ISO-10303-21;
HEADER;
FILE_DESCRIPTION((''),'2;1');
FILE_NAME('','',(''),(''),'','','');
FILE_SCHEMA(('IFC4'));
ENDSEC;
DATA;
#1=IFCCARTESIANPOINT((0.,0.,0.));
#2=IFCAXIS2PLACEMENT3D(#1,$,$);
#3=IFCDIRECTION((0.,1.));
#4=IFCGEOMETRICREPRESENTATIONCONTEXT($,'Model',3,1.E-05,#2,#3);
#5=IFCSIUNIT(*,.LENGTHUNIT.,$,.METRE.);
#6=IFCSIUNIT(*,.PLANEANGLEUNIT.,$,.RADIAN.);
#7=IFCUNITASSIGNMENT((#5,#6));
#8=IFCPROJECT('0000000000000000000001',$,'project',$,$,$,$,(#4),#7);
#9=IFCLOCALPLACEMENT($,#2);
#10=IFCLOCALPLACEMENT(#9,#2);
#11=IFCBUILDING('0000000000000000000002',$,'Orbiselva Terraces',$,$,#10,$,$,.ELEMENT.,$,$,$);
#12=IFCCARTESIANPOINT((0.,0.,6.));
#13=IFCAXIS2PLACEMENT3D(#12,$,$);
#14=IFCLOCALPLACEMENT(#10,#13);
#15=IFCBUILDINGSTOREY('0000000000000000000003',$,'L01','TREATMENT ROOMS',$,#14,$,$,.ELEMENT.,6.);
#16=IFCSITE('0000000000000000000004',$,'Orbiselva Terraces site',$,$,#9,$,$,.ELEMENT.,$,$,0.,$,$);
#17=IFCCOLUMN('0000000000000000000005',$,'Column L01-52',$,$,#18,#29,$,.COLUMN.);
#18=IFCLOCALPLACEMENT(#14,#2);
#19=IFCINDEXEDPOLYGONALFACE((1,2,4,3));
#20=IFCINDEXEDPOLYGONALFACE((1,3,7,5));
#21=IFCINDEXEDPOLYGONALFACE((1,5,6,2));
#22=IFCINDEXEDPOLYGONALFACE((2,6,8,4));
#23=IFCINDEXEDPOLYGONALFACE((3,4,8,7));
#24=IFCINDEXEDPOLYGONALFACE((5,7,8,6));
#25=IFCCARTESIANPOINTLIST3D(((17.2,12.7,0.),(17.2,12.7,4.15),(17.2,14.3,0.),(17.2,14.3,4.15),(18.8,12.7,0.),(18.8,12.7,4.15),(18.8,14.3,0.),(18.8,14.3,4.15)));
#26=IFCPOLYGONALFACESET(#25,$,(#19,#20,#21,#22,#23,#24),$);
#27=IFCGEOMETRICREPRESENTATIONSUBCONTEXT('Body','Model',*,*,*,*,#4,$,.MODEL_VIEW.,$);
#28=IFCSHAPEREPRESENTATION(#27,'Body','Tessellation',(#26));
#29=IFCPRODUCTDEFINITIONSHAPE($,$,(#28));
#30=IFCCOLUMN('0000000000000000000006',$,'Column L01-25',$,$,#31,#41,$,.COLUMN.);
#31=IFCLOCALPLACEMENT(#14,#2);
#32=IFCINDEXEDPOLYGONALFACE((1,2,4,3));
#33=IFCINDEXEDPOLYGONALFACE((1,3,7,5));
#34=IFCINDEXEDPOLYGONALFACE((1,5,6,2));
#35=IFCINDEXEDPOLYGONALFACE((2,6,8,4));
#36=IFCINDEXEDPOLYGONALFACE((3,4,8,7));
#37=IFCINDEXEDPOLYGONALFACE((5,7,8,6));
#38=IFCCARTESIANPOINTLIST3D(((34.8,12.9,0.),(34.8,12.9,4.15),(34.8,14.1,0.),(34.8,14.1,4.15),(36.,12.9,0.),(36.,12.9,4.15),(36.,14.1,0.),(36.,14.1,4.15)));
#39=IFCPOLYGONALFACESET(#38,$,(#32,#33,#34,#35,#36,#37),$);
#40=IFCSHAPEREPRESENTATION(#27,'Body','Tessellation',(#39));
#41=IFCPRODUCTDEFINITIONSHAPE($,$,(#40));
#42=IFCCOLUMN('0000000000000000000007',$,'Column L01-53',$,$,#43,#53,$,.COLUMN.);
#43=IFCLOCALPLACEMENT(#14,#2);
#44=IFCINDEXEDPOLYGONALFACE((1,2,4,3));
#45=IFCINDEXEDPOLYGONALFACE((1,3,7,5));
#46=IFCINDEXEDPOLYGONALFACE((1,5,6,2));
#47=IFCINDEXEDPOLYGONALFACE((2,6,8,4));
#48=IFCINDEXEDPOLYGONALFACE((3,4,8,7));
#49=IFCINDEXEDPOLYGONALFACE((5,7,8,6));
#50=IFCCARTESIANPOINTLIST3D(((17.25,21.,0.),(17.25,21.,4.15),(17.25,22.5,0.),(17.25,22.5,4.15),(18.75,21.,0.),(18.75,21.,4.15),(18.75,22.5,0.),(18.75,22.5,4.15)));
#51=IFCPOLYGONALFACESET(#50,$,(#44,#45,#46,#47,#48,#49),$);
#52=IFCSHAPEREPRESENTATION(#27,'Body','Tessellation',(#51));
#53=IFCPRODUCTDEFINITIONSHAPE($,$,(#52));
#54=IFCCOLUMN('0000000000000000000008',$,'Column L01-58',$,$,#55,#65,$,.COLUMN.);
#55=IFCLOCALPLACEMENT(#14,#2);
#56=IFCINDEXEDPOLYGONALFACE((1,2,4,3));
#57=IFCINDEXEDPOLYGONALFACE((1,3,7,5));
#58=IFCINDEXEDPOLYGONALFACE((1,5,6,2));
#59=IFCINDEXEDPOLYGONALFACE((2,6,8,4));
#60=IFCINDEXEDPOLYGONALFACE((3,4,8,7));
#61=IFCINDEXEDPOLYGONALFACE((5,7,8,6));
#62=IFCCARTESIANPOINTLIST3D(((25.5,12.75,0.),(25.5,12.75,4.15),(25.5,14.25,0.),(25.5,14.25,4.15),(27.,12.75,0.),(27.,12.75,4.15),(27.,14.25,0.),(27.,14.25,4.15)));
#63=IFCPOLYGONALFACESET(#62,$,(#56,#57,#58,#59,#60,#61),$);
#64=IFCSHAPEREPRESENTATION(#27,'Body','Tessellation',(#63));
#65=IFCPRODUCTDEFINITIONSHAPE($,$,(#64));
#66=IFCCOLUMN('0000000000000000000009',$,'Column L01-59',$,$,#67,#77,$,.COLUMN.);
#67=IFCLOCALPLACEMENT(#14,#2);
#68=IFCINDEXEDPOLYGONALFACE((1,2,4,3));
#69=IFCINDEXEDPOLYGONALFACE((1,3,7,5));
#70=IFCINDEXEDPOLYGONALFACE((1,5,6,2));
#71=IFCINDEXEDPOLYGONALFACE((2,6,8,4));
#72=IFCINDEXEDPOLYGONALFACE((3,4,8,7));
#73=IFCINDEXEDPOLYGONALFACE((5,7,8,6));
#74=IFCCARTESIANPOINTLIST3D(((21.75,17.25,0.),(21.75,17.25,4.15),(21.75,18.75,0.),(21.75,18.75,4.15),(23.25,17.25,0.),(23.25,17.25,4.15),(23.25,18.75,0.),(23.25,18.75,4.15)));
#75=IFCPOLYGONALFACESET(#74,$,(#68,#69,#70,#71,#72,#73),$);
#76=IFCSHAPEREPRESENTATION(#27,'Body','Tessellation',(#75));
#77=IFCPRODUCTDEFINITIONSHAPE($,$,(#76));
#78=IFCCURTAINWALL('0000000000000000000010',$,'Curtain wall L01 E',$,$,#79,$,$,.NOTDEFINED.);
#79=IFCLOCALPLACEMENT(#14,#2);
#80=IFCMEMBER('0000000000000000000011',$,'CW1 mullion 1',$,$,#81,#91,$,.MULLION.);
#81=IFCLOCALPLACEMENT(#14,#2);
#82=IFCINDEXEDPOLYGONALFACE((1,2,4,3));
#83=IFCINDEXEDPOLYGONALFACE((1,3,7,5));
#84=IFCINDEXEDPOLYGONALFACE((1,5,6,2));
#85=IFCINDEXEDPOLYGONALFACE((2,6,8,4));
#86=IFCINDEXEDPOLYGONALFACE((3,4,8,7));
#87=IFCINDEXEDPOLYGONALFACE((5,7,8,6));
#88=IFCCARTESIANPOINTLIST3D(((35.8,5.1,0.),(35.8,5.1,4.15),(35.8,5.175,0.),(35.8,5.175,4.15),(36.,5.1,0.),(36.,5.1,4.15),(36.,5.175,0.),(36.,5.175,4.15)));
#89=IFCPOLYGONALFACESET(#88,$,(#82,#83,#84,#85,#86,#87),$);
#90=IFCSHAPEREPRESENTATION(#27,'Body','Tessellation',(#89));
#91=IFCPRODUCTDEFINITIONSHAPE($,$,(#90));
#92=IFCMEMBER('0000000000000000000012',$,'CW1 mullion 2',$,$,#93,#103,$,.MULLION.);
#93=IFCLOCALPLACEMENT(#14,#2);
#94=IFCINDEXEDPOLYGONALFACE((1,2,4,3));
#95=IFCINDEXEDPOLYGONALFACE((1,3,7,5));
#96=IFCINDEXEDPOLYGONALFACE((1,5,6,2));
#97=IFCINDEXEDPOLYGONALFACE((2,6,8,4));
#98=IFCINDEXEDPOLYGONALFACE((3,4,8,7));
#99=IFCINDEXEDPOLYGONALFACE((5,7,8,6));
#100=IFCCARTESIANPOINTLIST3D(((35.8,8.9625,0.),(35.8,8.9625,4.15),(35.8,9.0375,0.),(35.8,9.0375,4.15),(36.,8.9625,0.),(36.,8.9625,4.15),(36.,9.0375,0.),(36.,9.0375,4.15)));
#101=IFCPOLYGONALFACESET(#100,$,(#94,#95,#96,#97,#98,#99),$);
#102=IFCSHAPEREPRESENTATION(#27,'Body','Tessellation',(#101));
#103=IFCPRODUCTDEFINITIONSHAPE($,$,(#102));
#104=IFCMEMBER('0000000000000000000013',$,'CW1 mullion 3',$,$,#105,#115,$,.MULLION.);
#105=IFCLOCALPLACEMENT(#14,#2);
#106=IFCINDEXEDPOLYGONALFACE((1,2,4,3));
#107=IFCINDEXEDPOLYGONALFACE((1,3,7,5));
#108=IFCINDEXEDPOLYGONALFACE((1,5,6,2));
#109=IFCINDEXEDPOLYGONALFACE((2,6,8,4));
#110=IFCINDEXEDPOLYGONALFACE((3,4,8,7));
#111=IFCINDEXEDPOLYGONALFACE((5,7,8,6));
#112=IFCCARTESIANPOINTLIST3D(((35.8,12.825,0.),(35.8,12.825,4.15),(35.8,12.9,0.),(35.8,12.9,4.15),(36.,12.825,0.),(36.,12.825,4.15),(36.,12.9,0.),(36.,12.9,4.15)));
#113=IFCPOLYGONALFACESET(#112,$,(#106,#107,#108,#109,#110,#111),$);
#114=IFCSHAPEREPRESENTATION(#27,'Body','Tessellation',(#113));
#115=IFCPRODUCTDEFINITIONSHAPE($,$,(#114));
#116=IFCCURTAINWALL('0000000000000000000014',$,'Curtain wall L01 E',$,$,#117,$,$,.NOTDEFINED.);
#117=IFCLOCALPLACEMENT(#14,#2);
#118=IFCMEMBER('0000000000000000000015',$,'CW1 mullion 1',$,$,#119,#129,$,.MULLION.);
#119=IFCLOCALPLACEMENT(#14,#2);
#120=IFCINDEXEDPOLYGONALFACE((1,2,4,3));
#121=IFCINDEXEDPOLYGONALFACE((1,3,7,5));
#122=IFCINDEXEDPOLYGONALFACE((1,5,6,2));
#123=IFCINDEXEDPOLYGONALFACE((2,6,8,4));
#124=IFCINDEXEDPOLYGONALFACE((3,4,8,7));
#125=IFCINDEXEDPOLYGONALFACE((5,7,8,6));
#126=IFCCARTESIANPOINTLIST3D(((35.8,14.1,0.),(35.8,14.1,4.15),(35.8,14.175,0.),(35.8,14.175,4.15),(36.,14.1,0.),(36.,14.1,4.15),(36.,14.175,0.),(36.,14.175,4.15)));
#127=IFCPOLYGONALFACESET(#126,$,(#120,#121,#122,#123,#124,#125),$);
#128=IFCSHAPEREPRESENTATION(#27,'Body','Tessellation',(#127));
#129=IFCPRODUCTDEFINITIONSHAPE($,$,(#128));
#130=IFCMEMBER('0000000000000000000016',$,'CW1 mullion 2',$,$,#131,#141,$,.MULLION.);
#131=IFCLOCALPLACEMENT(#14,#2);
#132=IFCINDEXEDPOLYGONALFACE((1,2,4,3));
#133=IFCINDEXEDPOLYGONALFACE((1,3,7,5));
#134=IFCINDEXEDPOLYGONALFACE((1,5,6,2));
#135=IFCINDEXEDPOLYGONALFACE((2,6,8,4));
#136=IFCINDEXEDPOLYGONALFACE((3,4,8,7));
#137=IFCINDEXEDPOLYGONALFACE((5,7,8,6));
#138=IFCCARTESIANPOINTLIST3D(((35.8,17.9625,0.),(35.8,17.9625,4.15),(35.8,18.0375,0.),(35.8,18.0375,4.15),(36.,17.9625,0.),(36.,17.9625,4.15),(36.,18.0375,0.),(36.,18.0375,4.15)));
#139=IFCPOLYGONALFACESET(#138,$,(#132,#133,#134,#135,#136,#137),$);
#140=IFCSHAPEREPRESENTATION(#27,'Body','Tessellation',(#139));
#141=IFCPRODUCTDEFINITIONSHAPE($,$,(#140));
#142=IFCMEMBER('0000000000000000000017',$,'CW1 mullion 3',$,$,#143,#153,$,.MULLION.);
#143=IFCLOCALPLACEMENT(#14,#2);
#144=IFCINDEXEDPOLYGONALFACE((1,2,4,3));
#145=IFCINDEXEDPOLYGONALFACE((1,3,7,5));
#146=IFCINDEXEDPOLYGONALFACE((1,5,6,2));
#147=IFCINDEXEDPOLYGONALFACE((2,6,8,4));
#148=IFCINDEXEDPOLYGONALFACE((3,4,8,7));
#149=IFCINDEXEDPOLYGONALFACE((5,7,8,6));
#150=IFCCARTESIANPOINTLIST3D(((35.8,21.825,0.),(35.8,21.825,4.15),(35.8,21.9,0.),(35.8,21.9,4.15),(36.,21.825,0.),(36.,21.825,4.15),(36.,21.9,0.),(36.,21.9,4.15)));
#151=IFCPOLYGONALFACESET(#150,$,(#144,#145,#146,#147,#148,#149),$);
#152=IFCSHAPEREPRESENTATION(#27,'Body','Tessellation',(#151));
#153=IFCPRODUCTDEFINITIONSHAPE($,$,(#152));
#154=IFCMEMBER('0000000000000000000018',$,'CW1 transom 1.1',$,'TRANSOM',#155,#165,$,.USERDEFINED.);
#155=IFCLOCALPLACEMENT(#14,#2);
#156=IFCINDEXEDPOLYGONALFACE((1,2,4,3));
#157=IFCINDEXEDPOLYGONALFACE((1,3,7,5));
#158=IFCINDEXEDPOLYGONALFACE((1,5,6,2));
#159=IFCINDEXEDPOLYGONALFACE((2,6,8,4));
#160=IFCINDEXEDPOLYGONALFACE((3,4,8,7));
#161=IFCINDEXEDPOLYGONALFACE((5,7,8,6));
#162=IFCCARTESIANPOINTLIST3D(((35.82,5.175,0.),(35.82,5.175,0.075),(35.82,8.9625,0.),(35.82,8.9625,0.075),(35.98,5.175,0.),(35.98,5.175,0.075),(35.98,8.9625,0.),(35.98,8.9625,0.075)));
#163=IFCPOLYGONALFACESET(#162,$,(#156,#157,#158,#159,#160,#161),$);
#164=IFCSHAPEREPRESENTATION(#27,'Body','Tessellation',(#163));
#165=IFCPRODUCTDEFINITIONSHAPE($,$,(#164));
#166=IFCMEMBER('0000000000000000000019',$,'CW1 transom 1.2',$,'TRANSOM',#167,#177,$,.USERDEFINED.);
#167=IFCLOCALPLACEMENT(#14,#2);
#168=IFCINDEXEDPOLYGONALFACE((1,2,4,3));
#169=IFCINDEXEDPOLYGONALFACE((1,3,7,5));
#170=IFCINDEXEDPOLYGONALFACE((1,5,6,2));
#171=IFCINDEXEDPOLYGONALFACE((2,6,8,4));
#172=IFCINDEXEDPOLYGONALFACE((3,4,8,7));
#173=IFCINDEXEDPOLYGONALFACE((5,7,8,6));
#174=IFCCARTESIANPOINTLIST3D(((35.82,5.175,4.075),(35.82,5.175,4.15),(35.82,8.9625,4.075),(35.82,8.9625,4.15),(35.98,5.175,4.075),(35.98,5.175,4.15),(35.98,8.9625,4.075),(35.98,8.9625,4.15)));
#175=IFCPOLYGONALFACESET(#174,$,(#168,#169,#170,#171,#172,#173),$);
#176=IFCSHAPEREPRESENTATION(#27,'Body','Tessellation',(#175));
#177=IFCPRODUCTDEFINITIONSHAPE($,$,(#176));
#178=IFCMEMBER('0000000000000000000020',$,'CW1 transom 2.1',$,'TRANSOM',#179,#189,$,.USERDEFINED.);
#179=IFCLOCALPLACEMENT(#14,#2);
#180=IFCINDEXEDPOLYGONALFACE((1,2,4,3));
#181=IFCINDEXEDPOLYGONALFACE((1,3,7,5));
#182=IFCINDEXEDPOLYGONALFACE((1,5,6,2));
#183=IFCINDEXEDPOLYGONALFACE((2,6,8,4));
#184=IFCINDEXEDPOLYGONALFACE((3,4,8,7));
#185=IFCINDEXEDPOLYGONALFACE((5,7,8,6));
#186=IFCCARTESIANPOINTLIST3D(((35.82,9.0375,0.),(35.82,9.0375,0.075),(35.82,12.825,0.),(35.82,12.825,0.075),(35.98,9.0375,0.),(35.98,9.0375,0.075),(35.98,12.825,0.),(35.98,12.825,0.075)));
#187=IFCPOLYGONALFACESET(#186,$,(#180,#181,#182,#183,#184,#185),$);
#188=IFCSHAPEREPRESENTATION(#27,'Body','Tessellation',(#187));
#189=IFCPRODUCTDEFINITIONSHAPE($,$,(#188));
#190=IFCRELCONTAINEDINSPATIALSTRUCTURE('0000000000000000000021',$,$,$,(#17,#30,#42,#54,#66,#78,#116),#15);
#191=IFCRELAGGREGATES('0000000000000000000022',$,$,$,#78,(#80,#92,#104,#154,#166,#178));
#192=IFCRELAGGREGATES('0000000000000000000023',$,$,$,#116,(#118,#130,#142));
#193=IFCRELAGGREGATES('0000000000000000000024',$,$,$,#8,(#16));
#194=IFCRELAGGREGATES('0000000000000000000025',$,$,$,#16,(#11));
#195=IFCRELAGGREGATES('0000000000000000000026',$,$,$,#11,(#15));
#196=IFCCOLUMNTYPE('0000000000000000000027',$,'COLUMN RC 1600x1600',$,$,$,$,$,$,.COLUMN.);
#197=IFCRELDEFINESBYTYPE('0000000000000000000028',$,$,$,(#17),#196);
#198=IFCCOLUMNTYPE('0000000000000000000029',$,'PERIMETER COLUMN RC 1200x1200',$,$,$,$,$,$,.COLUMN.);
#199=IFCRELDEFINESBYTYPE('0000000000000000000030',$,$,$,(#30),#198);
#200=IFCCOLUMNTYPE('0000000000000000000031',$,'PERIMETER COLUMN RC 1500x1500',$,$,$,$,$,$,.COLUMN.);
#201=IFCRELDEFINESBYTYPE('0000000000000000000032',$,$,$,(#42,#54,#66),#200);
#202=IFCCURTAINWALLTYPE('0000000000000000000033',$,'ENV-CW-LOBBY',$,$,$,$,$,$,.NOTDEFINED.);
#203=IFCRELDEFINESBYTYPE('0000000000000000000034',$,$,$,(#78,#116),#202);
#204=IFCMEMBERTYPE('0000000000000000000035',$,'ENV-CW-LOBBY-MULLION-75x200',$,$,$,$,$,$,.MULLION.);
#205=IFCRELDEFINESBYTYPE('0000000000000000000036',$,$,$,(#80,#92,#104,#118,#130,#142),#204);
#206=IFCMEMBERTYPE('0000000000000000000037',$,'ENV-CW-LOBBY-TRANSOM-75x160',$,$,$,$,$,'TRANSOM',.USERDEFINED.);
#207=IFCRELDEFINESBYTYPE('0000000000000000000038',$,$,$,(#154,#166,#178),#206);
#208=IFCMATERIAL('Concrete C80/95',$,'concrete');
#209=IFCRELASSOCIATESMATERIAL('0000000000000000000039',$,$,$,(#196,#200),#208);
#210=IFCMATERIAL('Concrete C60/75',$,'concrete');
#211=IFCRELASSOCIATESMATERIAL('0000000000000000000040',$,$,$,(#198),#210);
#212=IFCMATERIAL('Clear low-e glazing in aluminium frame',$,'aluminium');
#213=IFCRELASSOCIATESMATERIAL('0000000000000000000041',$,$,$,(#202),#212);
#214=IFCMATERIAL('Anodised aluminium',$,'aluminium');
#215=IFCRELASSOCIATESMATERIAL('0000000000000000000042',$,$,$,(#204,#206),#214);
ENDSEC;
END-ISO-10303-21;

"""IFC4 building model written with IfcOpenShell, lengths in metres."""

from ifc_helpers import new_model, si_unit, direction, frame, origin, origin_2d, place, context, subcontext, project, spatial, rectangle, extrude, material, material_profile, profile_set, type_object, element, aggregate, save


model = new_model("IFC4")

# Units and contexts
model_context = context("Model", 3, precision=1e-05, world=origin(), true_north=direction((0.0, 1.0)))
body_context = subcontext(model_context, "Body", "Model", "MODEL_VIEW")
ifc_project = project(units=[si_unit("LENGTHUNIT", "METRE"), si_unit("PLANEANGLEUNIT", "RADIAN")], contexts=[model_context])

# Site, building, storey
site_placement = place(None, origin())
site = spatial("IfcSite", under=ifc_project, at=site_placement, Name="Orbiselva Terraces site", CompositionType="ELEMENT", RefElevation=0.0)
building_placement = place(site_placement, origin())
building = spatial("IfcBuilding", under=site, at=building_placement, Name="Orbiselva Terraces", CompositionType="ELEMENT")
storey_placement = place(building_placement, frame((0.0, 0.0, 6.0)))
storey = spatial("IfcBuildingStorey", under=building, at=storey_placement, Name="L01", Description="TREATMENT ROOMS", CompositionType="ELEMENT", Elevation=6.0)

# Columns
ifc_material_1 = material(Name="Concrete C80/95", Category="concrete")
ifc_material_profile_1 = material_profile(ifc_material_1, rectangle(XDim=1.6, YDim=1.6, at=origin_2d()), Name="RC 1600x1600")
ifc_profile_set_1 = profile_set([ifc_material_profile_1], Name="Concrete C80/95")
column_type_1 = type_object("IfcColumnType", Name="COLUMN RC 1600x1600", PredefinedType="COLUMN", material=ifc_profile_set_1)
column_1_placement = place(storey_placement, frame((18.0, 13.5, 0.0), z_axis=(0.0, 0.0, 1.0), x_axis=(1.0, 0.0, 0.0)))
element("IfcColumn", 1, at=column_1_placement, inside=storey, type_object=column_type_1, Name="Column L01-52", PredefinedType="COLUMN", context=body_context, shape_type="SweptSolid", body=[
    extrude(rectangle(XDim=1.6, YDim=1.6, at=origin_2d()), origin(), (0.0, 0.0, 1.0), 4.15),
])
ifc_material_2 = material(Name="Concrete C60/75", Category="concrete")
ifc_material_profile_2 = material_profile(ifc_material_2, rectangle(XDim=1.2, YDim=1.2, at=origin_2d()), Name="RC 1200x1200")
ifc_profile_set_2 = profile_set([ifc_material_profile_2], Name="Concrete C60/75")
column_type_2 = type_object("IfcColumnType", Name="PERIMETER COLUMN RC 1200x1200", PredefinedType="COLUMN", material=ifc_profile_set_2)
column_2_placement = place(storey_placement, frame((35.4, 13.5, 0.0), z_axis=(0.0, 0.0, 1.0), x_axis=(1.0, 0.0, 0.0)))
element("IfcColumn", 2, at=column_2_placement, inside=storey, type_object=column_type_2, Name="Column L01-25", PredefinedType="COLUMN", context=body_context, shape_type="SweptSolid", body=[
    extrude(rectangle(XDim=1.2, YDim=1.2, at=origin_2d()), origin(), (0.0, 0.0, 1.0), 4.15),
])
ifc_material_profile_3 = material_profile(ifc_material_1, rectangle(XDim=1.5, YDim=1.5, at=origin_2d()), Name="RC 1500x1500")
ifc_profile_set_3 = profile_set([ifc_material_profile_3], Name="Concrete C80/95")
column_type_3 = type_object("IfcColumnType", Name="PERIMETER COLUMN RC 1500x1500", PredefinedType="COLUMN", material=ifc_profile_set_3)
for number, where, z_axis, x_axis, name in (
    (3, (18.0, 21.75, 0.0), (0.0, 0.0, 1.0), (1.0, 0.0, 0.0), "Column L01-53"),
    (4, (26.25, 13.5, 0.0), (0.0, 0.0, 1.0), (1.0, 0.0, 0.0), "Column L01-58"),
    (5, (22.5, 18.0, 0.0), (0.0, 0.0, 1.0), (1.0, 0.0, 0.0), "Column L01-59"),
):
    element("IfcColumn", number, at=place(storey_placement, frame(where, z_axis=z_axis, x_axis=x_axis)), inside=storey, type_object=column_type_3, Name=name, PredefinedType="COLUMN", context=body_context, shape_type="SweptSolid", body=[
        extrude(rectangle(XDim=1.5, YDim=1.5, at=origin_2d()), origin(), (0.0, 0.0, 1.0), 4.15),
    ])

# Curtain walls, members
ifc_material_3 = material(Name="Clear low-e glazing in aluminium frame", Category="aluminium")
curtain_wall_type = type_object("IfcCurtainWallType", Name="ENV-CW-LOBBY", PredefinedType="NOTDEFINED", material=ifc_material_3)
curtain_wall_1_placement = place(storey_placement, origin())
curtain_wall_1 = element("IfcCurtainWall", 6, at=curtain_wall_1_placement, inside=storey, type_object=curtain_wall_type, Name="Curtain wall L01 E", PredefinedType="NOTDEFINED")
ifc_material_4 = material(Name="Anodised aluminium", Category="aluminium")
ifc_material_profile_4 = material_profile(ifc_material_4, rectangle(XDim=0.2, YDim=0.075, at=origin_2d()), Name="AL 75x200")
ifc_profile_set_4 = profile_set([ifc_material_profile_4], Name="Anodised aluminium")
member_type_1 = type_object("IfcMemberType", Name="ENV-CW-LOBBY-MULLION-75x200", PredefinedType="MULLION", material=ifc_profile_set_4)
member_1_placement = place(storey_placement, frame((35.9, 5.1375, 0.0), z_axis=(0.0, 0.0, 1.0), x_axis=(-1.0, 0.0, 0.0)))
member_1 = element("IfcMember", 7, at=member_1_placement, type_object=member_type_1, Name="CW1 mullion 1", PredefinedType="MULLION", context=body_context, shape_type="SweptSolid", body=[
    extrude(rectangle(XDim=0.2, YDim=0.075, at=origin_2d()), origin(), (0.0, 0.0, 1.0), 4.15),
])
member_2_placement = place(storey_placement, frame((35.9, 9.0, 0.0), z_axis=(0.0, 0.0, 1.0), x_axis=(-1.0, 0.0, 0.0)))
member_2 = element("IfcMember", 8, at=member_2_placement, type_object=member_type_1, Name="CW1 mullion 2", PredefinedType="MULLION", context=body_context, shape_type="SweptSolid", body=[
    extrude(rectangle(XDim=0.2, YDim=0.075, at=origin_2d()), origin(), (0.0, 0.0, 1.0), 4.15),
])
member_3_placement = place(storey_placement, frame((35.9, 12.8625, 0.0), z_axis=(0.0, 0.0, 1.0), x_axis=(-1.0, 0.0, 0.0)))
member_3 = element("IfcMember", 9, at=member_3_placement, type_object=member_type_1, Name="CW1 mullion 3", PredefinedType="MULLION", context=body_context, shape_type="SweptSolid", body=[
    extrude(rectangle(XDim=0.2, YDim=0.075, at=origin_2d()), origin(), (0.0, 0.0, 1.0), 4.15),
])
curtain_wall_2_placement = place(storey_placement, origin())
curtain_wall_2 = element("IfcCurtainWall", 10, at=curtain_wall_2_placement, inside=storey, type_object=curtain_wall_type, Name="Curtain wall L01 E", PredefinedType="NOTDEFINED")
member_4_placement = place(storey_placement, frame((35.9, 14.1375, 0.0), z_axis=(0.0, 0.0, 1.0), x_axis=(-1.0, 0.0, 0.0)))
member_4 = element("IfcMember", 11, at=member_4_placement, type_object=member_type_1, Name="CW1 mullion 1", PredefinedType="MULLION", context=body_context, shape_type="SweptSolid", body=[
    extrude(rectangle(XDim=0.2, YDim=0.075, at=origin_2d()), origin(), (0.0, 0.0, 1.0), 4.15),
])
member_5_placement = place(storey_placement, frame((35.9, 18.0, 0.0), z_axis=(0.0, 0.0, 1.0), x_axis=(-1.0, 0.0, 0.0)))
member_5 = element("IfcMember", 12, at=member_5_placement, type_object=member_type_1, Name="CW1 mullion 2", PredefinedType="MULLION", context=body_context, shape_type="SweptSolid", body=[
    extrude(rectangle(XDim=0.2, YDim=0.075, at=origin_2d()), origin(), (0.0, 0.0, 1.0), 4.15),
])
member_6_placement = place(storey_placement, frame((35.9, 21.8625, 0.0), z_axis=(0.0, 0.0, 1.0), x_axis=(-1.0, 0.0, 0.0)))
member_6 = element("IfcMember", 13, at=member_6_placement, type_object=member_type_1, Name="CW1 mullion 3", PredefinedType="MULLION", context=body_context, shape_type="SweptSolid", body=[
    extrude(rectangle(XDim=0.2, YDim=0.075, at=origin_2d()), origin(), (0.0, 0.0, 1.0), 4.15),
])

# Members
ifc_material_profile_5 = material_profile(ifc_material_4, rectangle(XDim=0.16, YDim=0.075, at=origin_2d()), Name="AL 75x160")
ifc_profile_set_5 = profile_set([ifc_material_profile_5], Name="Anodised aluminium")
member_type_2 = type_object("IfcMemberType", Name="ENV-CW-LOBBY-TRANSOM-75x160", ElementType="TRANSOM", PredefinedType="USERDEFINED", material=ifc_profile_set_5)
member_7_placement = place(storey_placement, frame((35.9, 5.175, 0.0375), z_axis=(0.0, 1.0, 0.0), x_axis=(-1.0, 0.0, 0.0)))
member_7 = element("IfcMember", 14, at=member_7_placement, type_object=member_type_2, Name="CW1 transom 1.1", ObjectType="TRANSOM", PredefinedType="USERDEFINED", context=body_context, shape_type="SweptSolid", body=[
    extrude(rectangle(XDim=0.16, YDim=0.075, at=origin_2d()), origin(), (0.0, 0.0, 1.0), 3.7875),
])
member_8_placement = place(storey_placement, frame((35.9, 5.175, 4.1125), z_axis=(0.0, 1.0, 0.0), x_axis=(-1.0, 0.0, 0.0)))
member_8 = element("IfcMember", 15, at=member_8_placement, type_object=member_type_2, Name="CW1 transom 1.2", ObjectType="TRANSOM", PredefinedType="USERDEFINED", context=body_context, shape_type="SweptSolid", body=[
    extrude(rectangle(XDim=0.16, YDim=0.075, at=origin_2d()), origin(), (0.0, 0.0, 1.0), 3.7875),
])
member_9_placement = place(storey_placement, frame((35.9, 9.0375, 0.0375), z_axis=(0.0, 1.0, 0.0), x_axis=(-1.0, 0.0, 0.0)))
member_9 = element("IfcMember", 16, at=member_9_placement, type_object=member_type_2, Name="CW1 transom 2.1", ObjectType="TRANSOM", PredefinedType="USERDEFINED", context=body_context, shape_type="SweptSolid", body=[
    extrude(rectangle(XDim=0.16, YDim=0.075, at=origin_2d()), origin(), (0.0, 0.0, 1.0), 3.7875),
])

aggregate(curtain_wall_1, [member_1, member_2, member_3, member_7, member_8, member_9])
aggregate(curtain_wall_2, [member_4, member_5, member_6])

save(model, "model.ifc")
